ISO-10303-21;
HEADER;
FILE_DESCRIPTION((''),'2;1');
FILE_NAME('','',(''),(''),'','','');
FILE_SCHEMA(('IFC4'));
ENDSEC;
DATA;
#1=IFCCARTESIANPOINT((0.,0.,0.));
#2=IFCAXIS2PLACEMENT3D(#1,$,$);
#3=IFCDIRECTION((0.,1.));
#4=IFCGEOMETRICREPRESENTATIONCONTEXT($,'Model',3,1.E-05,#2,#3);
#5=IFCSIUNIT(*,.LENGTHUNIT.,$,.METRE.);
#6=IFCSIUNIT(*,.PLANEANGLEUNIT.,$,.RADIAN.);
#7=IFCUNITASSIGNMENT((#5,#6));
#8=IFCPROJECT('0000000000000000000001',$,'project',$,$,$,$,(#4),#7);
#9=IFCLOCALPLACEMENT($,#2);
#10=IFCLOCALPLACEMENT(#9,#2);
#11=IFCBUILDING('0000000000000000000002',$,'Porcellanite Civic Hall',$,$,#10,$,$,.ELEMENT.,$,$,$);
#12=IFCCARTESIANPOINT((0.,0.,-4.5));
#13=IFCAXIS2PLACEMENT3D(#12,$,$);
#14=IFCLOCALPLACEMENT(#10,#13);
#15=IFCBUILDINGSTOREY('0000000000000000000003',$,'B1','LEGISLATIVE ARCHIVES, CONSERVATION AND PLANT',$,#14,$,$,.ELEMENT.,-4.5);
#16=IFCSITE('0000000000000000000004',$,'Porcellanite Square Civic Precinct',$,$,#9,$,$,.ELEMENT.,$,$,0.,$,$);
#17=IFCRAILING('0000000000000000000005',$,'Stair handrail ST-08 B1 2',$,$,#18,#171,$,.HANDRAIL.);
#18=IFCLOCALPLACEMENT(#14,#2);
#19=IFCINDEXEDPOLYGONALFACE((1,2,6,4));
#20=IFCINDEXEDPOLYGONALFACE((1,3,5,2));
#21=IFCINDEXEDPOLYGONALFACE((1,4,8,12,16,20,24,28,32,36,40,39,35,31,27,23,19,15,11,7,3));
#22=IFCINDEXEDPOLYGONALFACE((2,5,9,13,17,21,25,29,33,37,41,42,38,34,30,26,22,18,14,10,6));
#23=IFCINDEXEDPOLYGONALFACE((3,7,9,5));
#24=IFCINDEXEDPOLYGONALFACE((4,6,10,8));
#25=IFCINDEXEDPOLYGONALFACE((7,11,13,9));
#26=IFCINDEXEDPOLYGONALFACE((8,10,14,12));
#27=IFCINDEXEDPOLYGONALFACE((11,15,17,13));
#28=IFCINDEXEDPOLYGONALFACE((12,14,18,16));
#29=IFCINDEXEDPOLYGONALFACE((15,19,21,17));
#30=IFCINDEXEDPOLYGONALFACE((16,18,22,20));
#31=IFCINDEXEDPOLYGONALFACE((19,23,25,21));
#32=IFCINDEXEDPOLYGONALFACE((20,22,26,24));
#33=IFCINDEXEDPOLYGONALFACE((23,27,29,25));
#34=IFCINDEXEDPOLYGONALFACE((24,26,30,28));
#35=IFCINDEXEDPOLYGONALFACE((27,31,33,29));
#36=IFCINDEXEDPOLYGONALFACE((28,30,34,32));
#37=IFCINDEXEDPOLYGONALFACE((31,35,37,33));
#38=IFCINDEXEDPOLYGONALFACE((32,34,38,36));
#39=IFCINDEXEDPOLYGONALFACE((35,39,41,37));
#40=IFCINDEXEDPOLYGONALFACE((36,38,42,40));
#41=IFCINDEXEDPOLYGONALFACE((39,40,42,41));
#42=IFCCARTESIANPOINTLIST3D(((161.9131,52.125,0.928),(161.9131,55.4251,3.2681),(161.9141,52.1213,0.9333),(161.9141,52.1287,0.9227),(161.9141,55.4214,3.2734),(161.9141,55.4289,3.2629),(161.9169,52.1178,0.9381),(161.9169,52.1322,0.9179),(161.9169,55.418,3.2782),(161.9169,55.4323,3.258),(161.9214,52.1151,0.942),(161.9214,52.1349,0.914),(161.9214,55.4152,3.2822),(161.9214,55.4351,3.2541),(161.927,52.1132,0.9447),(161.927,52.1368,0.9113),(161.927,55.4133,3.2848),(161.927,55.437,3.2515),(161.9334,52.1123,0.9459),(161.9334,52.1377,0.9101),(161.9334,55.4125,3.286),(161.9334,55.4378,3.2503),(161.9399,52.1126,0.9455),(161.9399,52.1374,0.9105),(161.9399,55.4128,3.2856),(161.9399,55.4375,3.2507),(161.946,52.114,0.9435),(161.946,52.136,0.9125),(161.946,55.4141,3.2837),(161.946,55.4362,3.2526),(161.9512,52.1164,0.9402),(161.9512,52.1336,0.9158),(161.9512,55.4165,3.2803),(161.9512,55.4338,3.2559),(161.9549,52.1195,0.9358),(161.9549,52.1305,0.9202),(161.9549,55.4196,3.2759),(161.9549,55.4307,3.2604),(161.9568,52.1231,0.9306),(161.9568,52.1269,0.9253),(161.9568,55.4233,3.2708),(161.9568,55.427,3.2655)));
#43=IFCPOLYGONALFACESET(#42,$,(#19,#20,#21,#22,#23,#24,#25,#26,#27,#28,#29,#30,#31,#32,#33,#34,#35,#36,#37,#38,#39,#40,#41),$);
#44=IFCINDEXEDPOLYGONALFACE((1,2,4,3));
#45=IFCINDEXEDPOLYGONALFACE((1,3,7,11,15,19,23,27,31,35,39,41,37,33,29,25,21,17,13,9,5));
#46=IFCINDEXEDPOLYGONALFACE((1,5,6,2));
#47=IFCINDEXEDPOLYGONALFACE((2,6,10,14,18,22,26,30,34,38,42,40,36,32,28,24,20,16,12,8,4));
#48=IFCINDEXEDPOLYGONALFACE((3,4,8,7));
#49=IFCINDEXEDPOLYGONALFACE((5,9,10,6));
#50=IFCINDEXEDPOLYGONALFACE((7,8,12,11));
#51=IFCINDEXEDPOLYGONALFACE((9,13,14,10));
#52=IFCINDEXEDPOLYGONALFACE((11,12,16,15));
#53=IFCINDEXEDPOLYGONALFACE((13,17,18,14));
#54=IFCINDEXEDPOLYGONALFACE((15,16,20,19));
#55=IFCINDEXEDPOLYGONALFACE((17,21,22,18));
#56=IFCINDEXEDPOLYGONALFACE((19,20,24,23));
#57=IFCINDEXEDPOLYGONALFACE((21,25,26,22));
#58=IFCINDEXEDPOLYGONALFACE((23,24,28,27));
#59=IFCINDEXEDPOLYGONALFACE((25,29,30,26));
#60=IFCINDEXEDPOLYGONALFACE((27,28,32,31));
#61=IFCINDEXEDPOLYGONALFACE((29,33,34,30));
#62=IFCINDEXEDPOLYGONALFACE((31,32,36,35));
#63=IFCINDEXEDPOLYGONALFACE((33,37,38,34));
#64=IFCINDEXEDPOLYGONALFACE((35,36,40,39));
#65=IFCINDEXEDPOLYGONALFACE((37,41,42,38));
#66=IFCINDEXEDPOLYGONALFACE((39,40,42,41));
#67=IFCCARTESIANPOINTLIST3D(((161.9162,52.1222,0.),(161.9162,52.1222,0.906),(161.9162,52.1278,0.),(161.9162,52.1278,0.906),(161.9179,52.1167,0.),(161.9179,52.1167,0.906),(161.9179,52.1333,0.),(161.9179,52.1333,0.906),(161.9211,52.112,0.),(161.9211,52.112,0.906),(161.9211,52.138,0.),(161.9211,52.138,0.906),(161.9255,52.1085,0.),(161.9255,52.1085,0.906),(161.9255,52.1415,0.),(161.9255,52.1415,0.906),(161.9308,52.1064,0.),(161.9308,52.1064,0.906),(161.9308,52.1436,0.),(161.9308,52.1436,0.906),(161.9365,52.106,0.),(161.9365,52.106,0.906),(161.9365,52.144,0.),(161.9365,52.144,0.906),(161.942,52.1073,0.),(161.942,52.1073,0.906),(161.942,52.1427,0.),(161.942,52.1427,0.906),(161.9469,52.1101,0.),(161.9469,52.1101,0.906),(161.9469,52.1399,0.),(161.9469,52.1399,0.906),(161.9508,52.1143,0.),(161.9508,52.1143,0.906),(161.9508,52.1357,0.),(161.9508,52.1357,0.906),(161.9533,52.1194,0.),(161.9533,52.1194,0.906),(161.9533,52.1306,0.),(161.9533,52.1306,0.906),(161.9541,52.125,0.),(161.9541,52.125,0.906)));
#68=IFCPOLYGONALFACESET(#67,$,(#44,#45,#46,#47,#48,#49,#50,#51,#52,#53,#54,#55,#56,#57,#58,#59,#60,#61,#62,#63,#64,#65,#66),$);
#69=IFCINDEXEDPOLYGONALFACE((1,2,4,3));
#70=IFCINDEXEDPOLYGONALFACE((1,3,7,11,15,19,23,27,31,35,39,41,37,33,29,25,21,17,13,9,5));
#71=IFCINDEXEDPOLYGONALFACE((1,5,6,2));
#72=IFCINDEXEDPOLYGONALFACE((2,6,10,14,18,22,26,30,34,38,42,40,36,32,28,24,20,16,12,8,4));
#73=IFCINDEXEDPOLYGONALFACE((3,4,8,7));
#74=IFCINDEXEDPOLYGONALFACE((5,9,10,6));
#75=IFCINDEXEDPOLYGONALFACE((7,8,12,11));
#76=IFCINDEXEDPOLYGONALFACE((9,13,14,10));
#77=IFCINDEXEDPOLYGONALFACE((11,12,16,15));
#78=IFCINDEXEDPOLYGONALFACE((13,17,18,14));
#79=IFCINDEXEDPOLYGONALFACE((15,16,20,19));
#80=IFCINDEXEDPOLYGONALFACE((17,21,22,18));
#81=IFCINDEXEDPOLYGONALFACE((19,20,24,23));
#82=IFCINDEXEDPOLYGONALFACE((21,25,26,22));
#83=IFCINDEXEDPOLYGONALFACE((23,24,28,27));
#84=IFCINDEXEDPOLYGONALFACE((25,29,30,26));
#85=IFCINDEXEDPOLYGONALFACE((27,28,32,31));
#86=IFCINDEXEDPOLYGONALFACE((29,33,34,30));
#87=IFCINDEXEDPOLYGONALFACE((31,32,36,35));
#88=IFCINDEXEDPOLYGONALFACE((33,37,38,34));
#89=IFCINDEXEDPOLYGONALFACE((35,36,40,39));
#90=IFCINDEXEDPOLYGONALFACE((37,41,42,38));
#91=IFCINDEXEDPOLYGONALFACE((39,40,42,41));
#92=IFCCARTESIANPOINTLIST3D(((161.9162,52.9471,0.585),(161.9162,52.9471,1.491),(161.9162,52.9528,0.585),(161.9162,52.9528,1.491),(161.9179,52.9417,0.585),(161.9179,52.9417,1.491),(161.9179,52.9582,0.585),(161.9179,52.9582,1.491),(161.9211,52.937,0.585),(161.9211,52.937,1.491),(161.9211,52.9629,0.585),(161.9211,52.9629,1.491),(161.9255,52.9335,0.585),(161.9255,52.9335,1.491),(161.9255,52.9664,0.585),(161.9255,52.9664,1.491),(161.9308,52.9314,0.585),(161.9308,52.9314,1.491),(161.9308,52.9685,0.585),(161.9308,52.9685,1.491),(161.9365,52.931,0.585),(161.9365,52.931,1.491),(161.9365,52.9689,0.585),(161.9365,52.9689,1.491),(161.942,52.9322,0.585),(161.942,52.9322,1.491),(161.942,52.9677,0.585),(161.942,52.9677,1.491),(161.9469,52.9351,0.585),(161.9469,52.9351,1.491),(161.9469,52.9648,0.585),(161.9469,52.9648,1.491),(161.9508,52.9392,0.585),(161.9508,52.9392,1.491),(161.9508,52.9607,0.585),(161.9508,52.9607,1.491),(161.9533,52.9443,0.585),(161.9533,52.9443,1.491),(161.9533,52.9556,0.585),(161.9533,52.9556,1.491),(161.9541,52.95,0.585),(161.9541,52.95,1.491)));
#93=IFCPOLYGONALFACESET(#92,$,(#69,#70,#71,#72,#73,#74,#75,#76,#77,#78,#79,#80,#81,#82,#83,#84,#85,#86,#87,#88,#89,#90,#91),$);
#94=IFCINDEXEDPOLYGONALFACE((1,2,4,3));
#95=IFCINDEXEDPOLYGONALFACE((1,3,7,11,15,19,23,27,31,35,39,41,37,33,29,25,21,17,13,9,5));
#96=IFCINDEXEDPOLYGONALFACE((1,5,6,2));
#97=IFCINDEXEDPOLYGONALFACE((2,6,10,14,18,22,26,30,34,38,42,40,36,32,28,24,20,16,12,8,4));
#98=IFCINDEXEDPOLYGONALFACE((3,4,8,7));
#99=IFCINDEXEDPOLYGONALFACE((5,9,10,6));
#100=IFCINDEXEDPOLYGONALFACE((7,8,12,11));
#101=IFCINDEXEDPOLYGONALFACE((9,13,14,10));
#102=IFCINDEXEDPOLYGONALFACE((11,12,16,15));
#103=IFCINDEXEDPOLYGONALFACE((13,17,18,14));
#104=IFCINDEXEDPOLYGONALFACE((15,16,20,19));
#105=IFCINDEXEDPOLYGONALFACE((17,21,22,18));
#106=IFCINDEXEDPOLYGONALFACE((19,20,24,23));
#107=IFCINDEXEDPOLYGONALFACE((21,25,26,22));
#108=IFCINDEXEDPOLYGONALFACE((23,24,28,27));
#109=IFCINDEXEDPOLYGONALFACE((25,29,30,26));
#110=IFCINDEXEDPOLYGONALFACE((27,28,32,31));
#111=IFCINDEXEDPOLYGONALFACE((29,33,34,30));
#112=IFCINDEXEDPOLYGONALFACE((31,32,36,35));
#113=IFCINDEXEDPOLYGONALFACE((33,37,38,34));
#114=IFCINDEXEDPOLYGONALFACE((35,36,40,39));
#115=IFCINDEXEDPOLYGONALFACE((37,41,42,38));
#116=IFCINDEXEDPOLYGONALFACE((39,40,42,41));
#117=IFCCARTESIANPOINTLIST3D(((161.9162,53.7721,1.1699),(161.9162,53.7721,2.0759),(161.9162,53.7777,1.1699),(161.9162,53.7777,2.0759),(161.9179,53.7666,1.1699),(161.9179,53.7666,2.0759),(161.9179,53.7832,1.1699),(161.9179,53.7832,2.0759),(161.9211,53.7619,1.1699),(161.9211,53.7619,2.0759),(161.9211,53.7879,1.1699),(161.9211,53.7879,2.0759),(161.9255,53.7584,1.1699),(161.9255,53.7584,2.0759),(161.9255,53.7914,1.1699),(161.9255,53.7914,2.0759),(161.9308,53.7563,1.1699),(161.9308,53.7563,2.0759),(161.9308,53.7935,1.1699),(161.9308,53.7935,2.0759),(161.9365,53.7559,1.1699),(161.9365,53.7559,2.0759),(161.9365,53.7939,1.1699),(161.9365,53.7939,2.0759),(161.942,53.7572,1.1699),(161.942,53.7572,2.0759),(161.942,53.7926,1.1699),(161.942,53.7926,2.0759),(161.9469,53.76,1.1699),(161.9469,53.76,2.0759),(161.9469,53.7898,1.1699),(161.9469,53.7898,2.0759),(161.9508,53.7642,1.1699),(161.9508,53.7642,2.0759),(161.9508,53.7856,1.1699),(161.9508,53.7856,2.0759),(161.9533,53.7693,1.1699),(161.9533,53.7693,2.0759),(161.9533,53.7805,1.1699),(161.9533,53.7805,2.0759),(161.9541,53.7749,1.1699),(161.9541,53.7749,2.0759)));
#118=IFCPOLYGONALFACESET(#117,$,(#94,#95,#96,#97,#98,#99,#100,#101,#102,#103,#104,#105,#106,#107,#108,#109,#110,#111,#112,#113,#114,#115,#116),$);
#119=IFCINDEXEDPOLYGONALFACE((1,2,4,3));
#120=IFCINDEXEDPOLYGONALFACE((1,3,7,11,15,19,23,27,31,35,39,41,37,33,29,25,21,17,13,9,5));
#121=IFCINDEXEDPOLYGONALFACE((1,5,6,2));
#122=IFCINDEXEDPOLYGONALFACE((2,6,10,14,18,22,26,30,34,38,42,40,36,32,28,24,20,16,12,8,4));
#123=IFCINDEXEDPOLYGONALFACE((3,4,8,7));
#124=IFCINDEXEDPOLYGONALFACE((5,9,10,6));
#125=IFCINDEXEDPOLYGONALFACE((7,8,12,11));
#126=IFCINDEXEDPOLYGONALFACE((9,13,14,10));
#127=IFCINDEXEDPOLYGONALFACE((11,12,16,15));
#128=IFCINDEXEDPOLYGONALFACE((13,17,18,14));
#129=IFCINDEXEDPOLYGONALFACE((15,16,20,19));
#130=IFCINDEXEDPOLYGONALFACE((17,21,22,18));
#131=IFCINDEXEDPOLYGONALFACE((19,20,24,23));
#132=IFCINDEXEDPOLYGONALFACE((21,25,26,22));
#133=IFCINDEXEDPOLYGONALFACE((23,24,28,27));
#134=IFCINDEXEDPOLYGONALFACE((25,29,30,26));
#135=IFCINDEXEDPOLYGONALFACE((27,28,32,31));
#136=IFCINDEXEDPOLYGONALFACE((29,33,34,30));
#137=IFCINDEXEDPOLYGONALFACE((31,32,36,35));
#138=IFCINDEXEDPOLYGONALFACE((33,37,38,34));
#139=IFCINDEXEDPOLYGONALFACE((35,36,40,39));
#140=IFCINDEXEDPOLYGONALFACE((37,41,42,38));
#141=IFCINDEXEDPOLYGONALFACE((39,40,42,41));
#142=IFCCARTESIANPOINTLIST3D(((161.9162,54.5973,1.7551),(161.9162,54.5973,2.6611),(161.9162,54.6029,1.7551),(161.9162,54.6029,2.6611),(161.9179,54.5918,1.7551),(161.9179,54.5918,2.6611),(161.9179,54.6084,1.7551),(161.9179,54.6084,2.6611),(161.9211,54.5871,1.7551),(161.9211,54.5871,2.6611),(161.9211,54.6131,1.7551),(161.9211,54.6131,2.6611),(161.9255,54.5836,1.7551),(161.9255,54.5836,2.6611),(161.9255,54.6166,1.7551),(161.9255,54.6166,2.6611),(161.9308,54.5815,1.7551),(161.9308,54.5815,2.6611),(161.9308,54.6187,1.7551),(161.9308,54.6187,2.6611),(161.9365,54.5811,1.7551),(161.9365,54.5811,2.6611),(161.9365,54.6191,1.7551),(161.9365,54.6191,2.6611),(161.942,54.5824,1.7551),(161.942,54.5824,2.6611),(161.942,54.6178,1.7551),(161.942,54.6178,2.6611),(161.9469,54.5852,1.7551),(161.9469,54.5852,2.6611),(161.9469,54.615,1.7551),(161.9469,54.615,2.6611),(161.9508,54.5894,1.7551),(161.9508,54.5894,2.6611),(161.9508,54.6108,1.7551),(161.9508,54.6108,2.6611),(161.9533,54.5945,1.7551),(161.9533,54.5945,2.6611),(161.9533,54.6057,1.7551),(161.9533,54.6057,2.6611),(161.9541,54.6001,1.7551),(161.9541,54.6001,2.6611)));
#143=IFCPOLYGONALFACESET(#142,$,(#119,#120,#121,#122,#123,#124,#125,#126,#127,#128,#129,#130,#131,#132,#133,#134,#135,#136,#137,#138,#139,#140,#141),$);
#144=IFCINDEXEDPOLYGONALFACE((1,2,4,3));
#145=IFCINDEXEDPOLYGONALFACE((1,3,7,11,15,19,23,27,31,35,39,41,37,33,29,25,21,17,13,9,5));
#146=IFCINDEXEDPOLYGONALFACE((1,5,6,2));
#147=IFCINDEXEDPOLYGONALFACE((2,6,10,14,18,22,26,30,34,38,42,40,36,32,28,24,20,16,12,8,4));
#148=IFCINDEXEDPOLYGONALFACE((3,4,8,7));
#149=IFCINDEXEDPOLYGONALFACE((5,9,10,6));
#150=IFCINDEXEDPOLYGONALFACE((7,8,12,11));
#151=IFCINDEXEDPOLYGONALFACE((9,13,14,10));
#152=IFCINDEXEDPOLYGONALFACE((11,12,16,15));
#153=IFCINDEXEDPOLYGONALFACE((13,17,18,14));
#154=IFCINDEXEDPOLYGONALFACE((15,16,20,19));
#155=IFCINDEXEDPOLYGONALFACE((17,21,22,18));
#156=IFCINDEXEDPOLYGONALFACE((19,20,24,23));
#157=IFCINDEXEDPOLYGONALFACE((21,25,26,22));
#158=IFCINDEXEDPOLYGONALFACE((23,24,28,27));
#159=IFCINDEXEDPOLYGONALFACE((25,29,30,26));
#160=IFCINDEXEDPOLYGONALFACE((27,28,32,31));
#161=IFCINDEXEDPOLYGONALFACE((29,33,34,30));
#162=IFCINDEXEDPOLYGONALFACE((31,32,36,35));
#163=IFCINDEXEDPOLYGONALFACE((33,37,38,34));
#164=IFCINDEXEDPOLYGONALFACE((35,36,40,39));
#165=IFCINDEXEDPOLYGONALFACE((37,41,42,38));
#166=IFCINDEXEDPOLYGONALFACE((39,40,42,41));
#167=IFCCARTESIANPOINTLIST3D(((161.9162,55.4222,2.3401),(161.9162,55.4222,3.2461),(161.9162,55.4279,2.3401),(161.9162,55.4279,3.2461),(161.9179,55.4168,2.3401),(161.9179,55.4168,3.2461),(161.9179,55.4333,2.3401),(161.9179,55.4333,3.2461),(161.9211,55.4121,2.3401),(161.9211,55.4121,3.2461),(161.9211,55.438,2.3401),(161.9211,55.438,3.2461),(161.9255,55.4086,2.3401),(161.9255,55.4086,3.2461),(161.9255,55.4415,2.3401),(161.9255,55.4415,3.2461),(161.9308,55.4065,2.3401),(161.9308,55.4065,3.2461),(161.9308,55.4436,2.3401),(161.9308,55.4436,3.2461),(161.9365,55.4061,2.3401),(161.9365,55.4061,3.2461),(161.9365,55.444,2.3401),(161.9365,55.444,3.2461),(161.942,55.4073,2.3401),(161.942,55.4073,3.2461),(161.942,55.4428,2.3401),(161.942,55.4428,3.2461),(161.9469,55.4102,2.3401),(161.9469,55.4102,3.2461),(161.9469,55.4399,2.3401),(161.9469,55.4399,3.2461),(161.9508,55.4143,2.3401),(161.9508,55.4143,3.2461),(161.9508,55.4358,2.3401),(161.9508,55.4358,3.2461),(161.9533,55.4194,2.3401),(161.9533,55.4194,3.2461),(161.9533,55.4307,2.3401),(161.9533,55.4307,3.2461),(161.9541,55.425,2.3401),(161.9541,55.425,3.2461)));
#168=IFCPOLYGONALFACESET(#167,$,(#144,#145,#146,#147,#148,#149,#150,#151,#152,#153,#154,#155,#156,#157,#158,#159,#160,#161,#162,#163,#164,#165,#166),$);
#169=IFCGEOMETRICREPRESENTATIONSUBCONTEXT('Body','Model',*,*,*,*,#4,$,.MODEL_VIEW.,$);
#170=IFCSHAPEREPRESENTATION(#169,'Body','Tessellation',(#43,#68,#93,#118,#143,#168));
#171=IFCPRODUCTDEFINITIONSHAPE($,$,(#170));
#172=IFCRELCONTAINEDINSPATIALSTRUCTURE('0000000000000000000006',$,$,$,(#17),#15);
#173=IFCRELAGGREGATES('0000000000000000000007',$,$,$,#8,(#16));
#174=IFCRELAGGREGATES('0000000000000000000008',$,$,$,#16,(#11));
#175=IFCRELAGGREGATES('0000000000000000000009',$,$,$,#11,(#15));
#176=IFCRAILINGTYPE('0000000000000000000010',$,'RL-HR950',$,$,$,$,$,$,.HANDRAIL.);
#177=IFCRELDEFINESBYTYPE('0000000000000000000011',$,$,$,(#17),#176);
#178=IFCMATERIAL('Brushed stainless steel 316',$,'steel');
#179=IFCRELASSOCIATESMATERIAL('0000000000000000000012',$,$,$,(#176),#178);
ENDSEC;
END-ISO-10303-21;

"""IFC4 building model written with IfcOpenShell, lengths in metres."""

from ifc_helpers import new_model, si_unit, direction, frame, origin, origin_2d, place, context, subcontext, project, spatial, circle, extrude, material, type_object, element, save


model = new_model("IFC4")

# Units and contexts
model_context = context("Model", 3, precision=1e-05, world=origin(), true_north=direction((0.0, 1.0)))
body_context = subcontext(model_context, "Body", "Model", "MODEL_VIEW")
ifc_project = project(units=[si_unit("LENGTHUNIT", "METRE"), si_unit("PLANEANGLEUNIT", "RADIAN")], contexts=[model_context])

# Site, building, storey
site_placement = place(None, origin())
site = spatial("IfcSite", under=ifc_project, at=site_placement, Name="Porcellanite Square Civic Precinct", CompositionType="ELEMENT", RefElevation=0.0)
building_placement = place(site_placement, origin())
building = spatial("IfcBuilding", under=site, at=building_placement, Name="Porcellanite Civic Hall", CompositionType="ELEMENT")
storey_placement = place(building_placement, frame((0.0, 0.0, -4.5)))
storey = spatial("IfcBuildingStorey", under=building, at=storey_placement, Name="B1", Description="LEGISLATIVE ARCHIVES, CONSERVATION AND PLANT", CompositionType="ELEMENT", Elevation=-4.5)

# Railing
ifc_material_1 = material(Name="Brushed stainless steel 316", Category="steel")
railing_type_1 = type_object("IfcRailingType", Name="RL-HR950", PredefinedType="HANDRAIL", material=ifc_material_1)
railing_1_placement = place(storey_placement, frame((161.9351, 52.125, 0.0)))
element("IfcRailing", 1, at=railing_1_placement, inside=storey, type_object=railing_type_1, Name="Stair handrail ST-08 B1 2", PredefinedType="HANDRAIL", context=body_context, shape_type="SweptSolid", body=[
    extrude(circle(Radius=0.022, at=origin_2d()), frame((0.0, 0.0, 0.928), z_axis=(0.0, 0.815727, 0.578438), x_axis=(-1.0, 0.0, 0.0)), (0.0, 0.0, 1.0), 4.0457),
    extrude(circle(Radius=0.019, at=origin_2d()), origin(), (0.0, 0.0, 1.0), 0.906),
    extrude(circle(Radius=0.019, at=origin_2d()), frame((0.0, 0.825, 0.585)), (0.0, 0.0, 1.0), 0.906),
    extrude(circle(Radius=0.019, at=origin_2d()), frame((0.0, 1.6499, 1.1699)), (0.0, 0.0, 1.0), 0.906),
    extrude(circle(Radius=0.019, at=origin_2d()), frame((0.0, 2.4751, 1.7551)), (0.0, 0.0, 1.0), 0.906),
    extrude(circle(Radius=0.019, at=origin_2d()), frame((0.0, 3.3, 2.3401)), (0.0, 0.0, 1.0), 0.906),
])

save(model, "model.ifc")
